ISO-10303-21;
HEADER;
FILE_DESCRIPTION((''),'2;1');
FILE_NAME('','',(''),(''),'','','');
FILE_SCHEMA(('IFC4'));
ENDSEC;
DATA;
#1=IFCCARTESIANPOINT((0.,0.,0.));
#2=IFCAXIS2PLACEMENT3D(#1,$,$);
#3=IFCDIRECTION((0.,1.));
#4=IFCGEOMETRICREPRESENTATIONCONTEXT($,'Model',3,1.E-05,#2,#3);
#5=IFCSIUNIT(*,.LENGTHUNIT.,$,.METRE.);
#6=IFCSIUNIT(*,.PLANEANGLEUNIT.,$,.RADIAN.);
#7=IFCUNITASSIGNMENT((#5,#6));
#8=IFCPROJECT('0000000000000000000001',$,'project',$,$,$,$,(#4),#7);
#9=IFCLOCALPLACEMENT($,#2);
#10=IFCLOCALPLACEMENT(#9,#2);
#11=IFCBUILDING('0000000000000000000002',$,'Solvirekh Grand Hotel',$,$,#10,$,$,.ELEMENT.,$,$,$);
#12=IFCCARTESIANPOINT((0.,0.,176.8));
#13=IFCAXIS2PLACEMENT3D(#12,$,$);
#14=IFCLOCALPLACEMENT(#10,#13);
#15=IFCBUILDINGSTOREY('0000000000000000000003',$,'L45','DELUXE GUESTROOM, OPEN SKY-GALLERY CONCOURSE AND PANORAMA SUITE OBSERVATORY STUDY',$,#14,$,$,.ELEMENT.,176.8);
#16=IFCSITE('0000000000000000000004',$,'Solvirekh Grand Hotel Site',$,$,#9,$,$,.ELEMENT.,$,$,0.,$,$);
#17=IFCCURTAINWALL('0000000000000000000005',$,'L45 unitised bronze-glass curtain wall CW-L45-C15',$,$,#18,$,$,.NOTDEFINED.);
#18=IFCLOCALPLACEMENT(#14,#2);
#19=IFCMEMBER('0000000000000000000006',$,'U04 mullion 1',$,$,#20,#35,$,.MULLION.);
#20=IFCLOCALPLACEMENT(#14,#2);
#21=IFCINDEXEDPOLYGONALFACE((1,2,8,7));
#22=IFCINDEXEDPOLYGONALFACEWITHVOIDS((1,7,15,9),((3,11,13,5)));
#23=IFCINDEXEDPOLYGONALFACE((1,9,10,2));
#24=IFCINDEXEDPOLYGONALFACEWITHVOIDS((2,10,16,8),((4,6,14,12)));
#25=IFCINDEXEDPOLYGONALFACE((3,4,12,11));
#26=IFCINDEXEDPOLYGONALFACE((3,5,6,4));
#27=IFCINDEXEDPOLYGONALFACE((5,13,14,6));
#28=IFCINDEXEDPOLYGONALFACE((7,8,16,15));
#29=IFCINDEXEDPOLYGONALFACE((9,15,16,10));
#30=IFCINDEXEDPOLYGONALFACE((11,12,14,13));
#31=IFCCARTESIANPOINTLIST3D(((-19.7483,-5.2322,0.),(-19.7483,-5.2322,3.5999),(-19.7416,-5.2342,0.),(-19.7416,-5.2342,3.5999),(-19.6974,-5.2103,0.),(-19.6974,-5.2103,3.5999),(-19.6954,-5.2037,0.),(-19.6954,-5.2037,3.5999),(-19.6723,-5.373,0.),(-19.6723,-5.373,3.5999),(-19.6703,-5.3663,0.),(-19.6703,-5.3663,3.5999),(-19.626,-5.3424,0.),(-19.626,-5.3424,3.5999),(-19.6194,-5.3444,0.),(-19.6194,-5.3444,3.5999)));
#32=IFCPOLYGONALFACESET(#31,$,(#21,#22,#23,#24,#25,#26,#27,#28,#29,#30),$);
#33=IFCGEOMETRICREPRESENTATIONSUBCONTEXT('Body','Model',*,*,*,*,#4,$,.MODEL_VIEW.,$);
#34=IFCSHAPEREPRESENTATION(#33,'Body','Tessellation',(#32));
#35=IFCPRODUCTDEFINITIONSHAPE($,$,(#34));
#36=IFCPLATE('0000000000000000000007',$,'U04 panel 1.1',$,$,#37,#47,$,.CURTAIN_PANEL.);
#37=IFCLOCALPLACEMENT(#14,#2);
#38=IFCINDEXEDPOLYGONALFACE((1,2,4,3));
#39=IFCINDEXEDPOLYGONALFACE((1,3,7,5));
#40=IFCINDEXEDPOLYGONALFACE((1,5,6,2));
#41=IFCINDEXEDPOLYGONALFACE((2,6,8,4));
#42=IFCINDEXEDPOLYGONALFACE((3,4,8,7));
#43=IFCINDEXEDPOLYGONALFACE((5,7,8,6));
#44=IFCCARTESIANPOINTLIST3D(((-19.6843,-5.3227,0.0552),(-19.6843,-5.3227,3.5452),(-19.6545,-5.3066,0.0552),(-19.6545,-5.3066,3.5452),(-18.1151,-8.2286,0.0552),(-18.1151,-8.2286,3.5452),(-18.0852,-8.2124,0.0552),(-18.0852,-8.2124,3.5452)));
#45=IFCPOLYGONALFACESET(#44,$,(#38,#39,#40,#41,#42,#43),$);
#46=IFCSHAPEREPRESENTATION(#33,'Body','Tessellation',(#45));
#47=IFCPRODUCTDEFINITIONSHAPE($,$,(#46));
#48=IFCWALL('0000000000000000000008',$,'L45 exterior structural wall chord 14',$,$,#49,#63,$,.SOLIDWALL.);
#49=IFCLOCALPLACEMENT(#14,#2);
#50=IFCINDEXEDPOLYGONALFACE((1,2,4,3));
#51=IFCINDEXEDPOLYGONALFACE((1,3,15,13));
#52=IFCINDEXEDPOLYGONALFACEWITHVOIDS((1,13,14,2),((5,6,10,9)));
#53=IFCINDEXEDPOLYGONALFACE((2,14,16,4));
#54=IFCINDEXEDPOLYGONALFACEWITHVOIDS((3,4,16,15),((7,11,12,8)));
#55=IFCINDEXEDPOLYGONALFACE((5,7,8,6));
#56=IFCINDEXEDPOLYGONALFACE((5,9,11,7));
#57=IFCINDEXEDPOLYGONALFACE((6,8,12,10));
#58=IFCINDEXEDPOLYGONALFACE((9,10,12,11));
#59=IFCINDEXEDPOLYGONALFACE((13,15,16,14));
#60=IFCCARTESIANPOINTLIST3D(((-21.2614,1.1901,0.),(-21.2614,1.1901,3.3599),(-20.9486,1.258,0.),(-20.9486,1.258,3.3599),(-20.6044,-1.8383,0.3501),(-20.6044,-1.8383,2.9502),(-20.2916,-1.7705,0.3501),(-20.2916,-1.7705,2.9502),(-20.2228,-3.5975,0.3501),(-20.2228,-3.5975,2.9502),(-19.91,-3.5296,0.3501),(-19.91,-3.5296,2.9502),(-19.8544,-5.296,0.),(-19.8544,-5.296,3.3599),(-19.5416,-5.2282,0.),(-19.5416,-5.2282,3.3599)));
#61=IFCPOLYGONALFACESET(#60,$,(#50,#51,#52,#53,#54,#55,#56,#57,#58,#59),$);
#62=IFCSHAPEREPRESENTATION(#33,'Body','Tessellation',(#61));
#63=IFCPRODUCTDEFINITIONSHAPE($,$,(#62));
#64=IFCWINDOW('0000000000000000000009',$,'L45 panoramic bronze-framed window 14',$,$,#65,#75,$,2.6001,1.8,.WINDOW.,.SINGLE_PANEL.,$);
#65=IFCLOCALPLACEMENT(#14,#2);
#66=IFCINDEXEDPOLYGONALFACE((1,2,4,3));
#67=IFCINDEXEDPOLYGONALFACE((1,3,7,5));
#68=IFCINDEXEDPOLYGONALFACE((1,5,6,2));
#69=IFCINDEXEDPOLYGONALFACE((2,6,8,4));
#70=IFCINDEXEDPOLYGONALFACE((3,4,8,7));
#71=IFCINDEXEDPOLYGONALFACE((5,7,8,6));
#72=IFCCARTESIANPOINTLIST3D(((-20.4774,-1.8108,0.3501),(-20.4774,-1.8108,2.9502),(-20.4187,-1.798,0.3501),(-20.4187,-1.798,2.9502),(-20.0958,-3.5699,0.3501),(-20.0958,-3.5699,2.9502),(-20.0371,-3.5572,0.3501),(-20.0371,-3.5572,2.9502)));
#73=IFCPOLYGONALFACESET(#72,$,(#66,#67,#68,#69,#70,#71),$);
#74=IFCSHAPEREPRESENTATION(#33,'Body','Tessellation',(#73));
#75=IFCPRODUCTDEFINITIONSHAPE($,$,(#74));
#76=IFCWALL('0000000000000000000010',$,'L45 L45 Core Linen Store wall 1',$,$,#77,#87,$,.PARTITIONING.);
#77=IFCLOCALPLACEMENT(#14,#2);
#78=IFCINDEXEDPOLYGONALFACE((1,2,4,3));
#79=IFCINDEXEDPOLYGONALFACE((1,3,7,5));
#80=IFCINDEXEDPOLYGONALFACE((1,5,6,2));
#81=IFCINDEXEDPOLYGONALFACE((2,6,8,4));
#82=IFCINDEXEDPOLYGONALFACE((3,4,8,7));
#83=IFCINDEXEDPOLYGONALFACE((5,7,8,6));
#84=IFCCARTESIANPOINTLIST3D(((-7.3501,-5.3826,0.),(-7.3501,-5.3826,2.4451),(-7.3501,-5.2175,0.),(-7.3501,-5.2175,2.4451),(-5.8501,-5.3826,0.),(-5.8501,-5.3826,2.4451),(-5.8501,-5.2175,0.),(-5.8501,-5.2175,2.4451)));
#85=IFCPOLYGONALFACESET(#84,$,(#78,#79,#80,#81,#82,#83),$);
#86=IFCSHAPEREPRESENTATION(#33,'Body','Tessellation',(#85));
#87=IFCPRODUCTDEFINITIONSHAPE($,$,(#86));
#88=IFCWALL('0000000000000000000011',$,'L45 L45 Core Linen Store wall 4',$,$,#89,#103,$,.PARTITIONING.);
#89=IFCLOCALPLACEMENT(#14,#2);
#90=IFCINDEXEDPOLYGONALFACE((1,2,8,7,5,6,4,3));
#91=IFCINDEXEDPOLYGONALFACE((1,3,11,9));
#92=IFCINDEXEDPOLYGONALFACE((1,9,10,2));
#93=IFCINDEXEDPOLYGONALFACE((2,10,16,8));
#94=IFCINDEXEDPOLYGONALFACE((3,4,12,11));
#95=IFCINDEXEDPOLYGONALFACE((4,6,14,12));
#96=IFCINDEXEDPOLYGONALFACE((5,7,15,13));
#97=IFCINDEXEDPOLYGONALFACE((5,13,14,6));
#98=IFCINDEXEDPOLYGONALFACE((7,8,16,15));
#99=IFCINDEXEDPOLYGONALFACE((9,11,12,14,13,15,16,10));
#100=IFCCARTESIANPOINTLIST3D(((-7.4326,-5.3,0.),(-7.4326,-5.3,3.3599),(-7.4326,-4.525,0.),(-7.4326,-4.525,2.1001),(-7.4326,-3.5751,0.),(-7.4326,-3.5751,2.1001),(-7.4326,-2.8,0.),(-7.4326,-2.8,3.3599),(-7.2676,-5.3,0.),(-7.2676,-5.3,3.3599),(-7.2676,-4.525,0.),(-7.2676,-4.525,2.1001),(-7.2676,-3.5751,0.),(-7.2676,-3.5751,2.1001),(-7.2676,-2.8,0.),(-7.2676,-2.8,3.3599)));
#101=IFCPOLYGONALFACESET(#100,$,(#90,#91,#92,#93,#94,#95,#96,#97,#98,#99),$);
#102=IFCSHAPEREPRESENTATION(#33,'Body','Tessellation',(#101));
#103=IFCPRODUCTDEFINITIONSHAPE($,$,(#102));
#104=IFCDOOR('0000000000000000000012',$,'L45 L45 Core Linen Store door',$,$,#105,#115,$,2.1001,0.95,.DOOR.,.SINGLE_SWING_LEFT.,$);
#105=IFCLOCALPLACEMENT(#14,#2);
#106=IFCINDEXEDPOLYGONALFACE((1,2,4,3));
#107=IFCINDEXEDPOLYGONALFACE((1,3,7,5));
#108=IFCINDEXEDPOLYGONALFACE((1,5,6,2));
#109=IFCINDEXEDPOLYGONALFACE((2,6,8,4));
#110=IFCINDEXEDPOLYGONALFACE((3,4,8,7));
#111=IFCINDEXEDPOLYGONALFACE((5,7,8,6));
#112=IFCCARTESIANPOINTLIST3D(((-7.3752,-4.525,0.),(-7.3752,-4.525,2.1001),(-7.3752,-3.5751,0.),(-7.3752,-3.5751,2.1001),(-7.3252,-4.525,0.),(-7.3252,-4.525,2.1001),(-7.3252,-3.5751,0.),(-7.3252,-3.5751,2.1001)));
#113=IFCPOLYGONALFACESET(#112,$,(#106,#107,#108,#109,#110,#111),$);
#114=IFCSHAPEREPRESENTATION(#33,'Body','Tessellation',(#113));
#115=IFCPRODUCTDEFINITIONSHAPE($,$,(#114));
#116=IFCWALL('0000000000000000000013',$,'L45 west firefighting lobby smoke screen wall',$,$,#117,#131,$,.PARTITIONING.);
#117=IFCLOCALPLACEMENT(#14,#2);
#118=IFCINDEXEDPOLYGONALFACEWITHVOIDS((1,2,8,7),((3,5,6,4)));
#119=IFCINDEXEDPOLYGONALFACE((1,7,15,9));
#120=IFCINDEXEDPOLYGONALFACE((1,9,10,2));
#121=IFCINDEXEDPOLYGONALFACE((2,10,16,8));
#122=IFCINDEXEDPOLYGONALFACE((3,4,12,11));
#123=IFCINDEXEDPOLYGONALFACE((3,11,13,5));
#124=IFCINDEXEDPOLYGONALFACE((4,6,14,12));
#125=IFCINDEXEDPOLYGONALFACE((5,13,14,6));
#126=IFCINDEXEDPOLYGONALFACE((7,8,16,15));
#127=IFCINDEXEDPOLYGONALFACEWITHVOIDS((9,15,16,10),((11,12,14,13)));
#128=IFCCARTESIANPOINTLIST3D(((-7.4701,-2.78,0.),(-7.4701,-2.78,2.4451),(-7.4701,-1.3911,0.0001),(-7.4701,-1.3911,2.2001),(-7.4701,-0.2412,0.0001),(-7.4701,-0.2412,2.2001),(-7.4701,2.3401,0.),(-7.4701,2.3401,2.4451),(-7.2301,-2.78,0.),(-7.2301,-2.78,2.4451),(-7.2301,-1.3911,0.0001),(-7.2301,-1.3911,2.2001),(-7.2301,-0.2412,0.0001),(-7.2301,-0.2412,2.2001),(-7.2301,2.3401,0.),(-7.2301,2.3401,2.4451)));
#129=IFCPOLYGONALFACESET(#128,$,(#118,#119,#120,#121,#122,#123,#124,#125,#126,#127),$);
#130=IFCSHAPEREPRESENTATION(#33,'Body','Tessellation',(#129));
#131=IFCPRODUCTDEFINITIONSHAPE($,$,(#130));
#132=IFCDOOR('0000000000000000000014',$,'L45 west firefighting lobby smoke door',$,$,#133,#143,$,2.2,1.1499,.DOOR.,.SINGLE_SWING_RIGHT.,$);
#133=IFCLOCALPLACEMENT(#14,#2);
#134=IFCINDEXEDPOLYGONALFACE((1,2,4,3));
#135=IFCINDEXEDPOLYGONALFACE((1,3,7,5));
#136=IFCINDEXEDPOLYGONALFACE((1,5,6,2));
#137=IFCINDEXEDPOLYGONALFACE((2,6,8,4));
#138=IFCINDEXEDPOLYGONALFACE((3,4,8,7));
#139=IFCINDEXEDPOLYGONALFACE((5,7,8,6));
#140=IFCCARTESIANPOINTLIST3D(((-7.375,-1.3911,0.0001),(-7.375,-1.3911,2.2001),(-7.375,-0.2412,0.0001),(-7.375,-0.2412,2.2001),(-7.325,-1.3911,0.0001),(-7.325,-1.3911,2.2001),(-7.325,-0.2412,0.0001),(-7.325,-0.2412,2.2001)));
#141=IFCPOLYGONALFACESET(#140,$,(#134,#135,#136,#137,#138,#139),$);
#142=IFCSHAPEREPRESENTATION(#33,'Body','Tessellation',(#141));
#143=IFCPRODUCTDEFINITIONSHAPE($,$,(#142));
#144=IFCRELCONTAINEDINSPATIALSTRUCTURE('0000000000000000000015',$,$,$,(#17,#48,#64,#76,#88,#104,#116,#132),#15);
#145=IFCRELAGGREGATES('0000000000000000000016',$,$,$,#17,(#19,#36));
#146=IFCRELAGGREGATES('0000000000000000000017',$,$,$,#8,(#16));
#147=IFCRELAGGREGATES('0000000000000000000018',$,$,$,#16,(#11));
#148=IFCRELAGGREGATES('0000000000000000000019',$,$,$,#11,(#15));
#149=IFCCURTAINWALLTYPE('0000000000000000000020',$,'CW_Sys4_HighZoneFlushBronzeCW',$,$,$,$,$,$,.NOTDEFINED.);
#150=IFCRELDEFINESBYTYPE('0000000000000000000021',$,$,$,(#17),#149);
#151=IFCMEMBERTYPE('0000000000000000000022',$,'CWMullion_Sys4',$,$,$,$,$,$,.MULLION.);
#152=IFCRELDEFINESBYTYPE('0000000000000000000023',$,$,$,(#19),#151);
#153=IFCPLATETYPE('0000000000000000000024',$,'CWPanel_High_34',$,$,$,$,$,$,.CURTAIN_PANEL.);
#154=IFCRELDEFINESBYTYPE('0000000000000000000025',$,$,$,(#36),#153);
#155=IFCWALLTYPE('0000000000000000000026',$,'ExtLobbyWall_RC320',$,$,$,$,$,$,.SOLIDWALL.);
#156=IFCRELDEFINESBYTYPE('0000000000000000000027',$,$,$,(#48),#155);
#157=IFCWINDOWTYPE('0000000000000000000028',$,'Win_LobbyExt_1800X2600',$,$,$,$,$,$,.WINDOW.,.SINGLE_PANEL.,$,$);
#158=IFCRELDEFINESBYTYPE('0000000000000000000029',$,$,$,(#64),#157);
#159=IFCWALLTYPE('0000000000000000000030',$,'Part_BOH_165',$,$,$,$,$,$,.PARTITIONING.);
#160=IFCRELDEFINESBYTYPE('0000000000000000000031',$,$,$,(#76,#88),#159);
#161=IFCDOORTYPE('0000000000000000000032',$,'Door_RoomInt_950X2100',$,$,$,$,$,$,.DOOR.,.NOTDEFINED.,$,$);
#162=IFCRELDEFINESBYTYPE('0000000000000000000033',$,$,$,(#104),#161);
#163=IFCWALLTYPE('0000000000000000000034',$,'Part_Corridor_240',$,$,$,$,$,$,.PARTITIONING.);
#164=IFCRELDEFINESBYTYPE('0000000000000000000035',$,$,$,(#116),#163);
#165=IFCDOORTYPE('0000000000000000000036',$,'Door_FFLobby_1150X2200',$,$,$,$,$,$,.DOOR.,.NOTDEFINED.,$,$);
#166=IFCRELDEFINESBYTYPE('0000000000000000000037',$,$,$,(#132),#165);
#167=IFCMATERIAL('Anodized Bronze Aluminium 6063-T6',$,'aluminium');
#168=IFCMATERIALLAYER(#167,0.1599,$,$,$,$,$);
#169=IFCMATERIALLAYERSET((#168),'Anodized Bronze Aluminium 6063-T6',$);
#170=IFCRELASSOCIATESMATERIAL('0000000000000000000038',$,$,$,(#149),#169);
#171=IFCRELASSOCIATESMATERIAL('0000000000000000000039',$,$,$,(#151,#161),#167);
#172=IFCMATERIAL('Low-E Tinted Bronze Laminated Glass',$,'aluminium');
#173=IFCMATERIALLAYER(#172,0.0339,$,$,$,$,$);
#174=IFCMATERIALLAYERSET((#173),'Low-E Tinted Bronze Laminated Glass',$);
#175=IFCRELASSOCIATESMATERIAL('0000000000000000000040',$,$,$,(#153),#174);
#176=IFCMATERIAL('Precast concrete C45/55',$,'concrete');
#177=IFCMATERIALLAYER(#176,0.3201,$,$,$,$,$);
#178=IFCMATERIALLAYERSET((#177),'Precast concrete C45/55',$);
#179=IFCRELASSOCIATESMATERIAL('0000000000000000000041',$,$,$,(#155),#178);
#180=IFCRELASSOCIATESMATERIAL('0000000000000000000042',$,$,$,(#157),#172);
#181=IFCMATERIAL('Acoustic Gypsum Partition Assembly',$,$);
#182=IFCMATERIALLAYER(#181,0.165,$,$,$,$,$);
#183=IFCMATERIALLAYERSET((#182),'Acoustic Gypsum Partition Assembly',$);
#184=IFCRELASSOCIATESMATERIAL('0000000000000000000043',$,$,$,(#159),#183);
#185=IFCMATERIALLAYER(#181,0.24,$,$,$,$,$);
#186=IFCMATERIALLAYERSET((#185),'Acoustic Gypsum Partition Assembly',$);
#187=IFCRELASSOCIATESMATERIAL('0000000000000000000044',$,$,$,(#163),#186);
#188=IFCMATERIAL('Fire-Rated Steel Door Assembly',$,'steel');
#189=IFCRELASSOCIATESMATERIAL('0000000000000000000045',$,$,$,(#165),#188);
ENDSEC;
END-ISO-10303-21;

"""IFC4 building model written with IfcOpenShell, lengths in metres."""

from ifc_helpers import new_model, si_unit, direction, frame, frame_2d, origin, origin_2d, place, context, subcontext, project, spatial, rectangle, hollow_rectangle, extrude, source, transform, mapped, material, layer, layer_set, material_profile, profile_set, type_object, element, fill, aggregate, save


model = new_model("IFC4")

# Units and contexts
model_context = context("Model", 3, precision=1e-05, world=origin(), true_north=direction((0.0, 1.0)))
body_context = subcontext(model_context, "Body", "Model", "MODEL_VIEW")
ifc_project = project(units=[si_unit("LENGTHUNIT", "METRE"), si_unit("PLANEANGLEUNIT", "RADIAN")], contexts=[model_context])

# Site, building, storey
site_placement = place(None, origin())
site = spatial("IfcSite", under=ifc_project, at=site_placement, Name="Solvirekh Grand Hotel Site", CompositionType="ELEMENT", RefElevation=0.0)
building_placement = place(site_placement, origin())
building = spatial("IfcBuilding", under=site, at=building_placement, Name="Solvirekh Grand Hotel", CompositionType="ELEMENT")
storey_placement = place(building_placement, frame((0.0, 0.0, 176.8)))
storey = spatial("IfcBuildingStorey", under=building, at=storey_placement, Name="L45", Description="DELUXE GUESTROOM, OPEN SKY-GALLERY CONCOURSE AND PANORAMA SUITE OBSERVATORY STUDY", CompositionType="ELEMENT", Elevation=176.8)

# Curtain wall, member, plate
ifc_material_1 = material(Name="Anodized Bronze Aluminium 6063-T6", Category="aluminium")
ifc_layer_1 = layer(ifc_material_1, 0.1599)
ifc_layer_set_1 = layer_set([ifc_layer_1], Name="Anodized Bronze Aluminium 6063-T6")
curtain_wall_type = type_object("IfcCurtainWallType", Name="CW_Sys4_HighZoneFlushBronzeCW", PredefinedType="NOTDEFINED", material=ifc_layer_set_1)
curtain_wall_placement = place(storey_placement, origin())
curtain_wall = element("IfcCurtainWall", 1, at=curtain_wall_placement, inside=storey, type_object=curtain_wall_type, Name="L45 unitised bronze-glass curtain wall CW-L45-C15", PredefinedType="NOTDEFINED")
ifc_material_profile_1 = material_profile(ifc_material_1, hollow_rectangle(XDim=0.0601, YDim=0.1599, WallThickness=0.0049, at=origin_2d()), Name="ALU RHS 160X60X5")
ifc_profile_set_1 = profile_set([ifc_material_profile_1], Name="Anodized Bronze Aluminium 6063-T6")
member_type_1 = type_object("IfcMemberType", Name="CWMullion_Sys4", PredefinedType="MULLION", material=ifc_profile_set_1)
shared_shape_1 = source(origin(), body_context, "Body", "SweptSolid", [
    extrude(hollow_rectangle(XDim=0.0601, YDim=0.1599, WallThickness=0.0049, at=origin_2d()), origin(), (0.0, 0.0, 1.0), 3.5999),
])
member_1_placement = place(storey_placement, frame((-19.6838, -5.2883, 0.0), z_axis=(0.0, 0.0, 1.0), x_axis=(0.879893, 0.475172, 0.0)))
member_1 = element("IfcMember", 2, at=member_1_placement, type_object=member_type_1, Name="U04 mullion 1", PredefinedType="MULLION", context=body_context, shape_type="MappedRepresentation", body=[
    mapped(shared_shape_1, transform((0.0, 0.0, 0.0), x_axis=(1.0, 0.0, 0.0), y_axis=(0.0, 1.0, 0.0), z_axis=(0.0, 0.0, 1.0), scale=1.0)),
])
ifc_material_2 = material(Name="Low-E Tinted Bronze Laminated Glass", Category="aluminium")
ifc_layer_2 = layer(ifc_material_2, 0.0339)
ifc_layer_set_2 = layer_set([ifc_layer_2], Name="Low-E Tinted Bronze Laminated Glass")
plate_type = type_object("IfcPlateType", Name="CWPanel_High_34", PredefinedType="CURTAIN_PANEL", material=ifc_layer_set_2)
shared_shape_2 = source(origin(), body_context, "Body", "SweptSolid", [
    extrude(rectangle(XDim=3.3025, YDim=0.0339, at=origin_2d()), origin(), (0.0, 0.0, 1.0), 3.49),
])
plate_placement = place(storey_placement, frame((-18.8848, -6.7676, 0.0552), z_axis=(0.0, 0.0, 1.0), x_axis=(0.475172, -0.879893, 0.0)))
plate = element("IfcPlate", 3, at=plate_placement, type_object=plate_type, Name="U04 panel 1.1", PredefinedType="CURTAIN_PANEL", context=body_context, shape_type="MappedRepresentation", body=[
    mapped(shared_shape_2, transform((0.0, 0.0, 0.0), x_axis=(1.0, 0.0, 0.0), y_axis=(0.0, 1.0, 0.0), z_axis=(0.0, 0.0, 1.0), scale=1.0)),
])
aggregate(curtain_wall, [member_1, plate])

# Wall, opening, window
ifc_material_3 = material(Name="Precast concrete C45/55", Category="concrete")
ifc_layer_3 = layer(ifc_material_3, 0.3201)
ifc_layer_set_3 = layer_set([ifc_layer_3], Name="Precast concrete C45/55")
wall_type_1 = type_object("IfcWallType", Name="ExtLobbyWall_RC320", PredefinedType="SOLIDWALL", material=ifc_layer_set_3)
wall_1_placement = place(storey_placement, frame((-19.698, -5.262, 0.0), z_axis=(0.0, 0.0, 1.0), x_axis=(-0.211993, 0.977271, 0.0)))
wall_1 = element("IfcWall", 4, at=wall_1_placement, inside=storey, type_object=wall_type_1, Name="L45 exterior structural wall chord 14", PredefinedType="SOLIDWALL", context=body_context, shape_type="SweptSolid", body=[
    extrude(rectangle(XDim=6.637, YDim=0.3201, at=frame_2d((3.3184, 0.0))), origin(), (0.0, 0.0, 1.0), 3.3599),
])
opening_1_placement = place(wall_1_placement, frame((1.738, 0.0, 0.3501)))
opening_1 = element("IfcOpeningElement", 5, at=opening_1_placement, cuts=wall_1, PredefinedType="OPENING", context=body_context, shape_type="SweptSolid", body=[
    extrude(rectangle(XDim=1.8, YDim=2.6001, at=frame_2d((0.8999, 1.3))), frame((0.0, 0.1699, 0.0), z_axis=(0.0, -1.0, 0.0), x_axis=(1.0, 0.0, 0.0)), (0.0, 0.0, 1.0), 0.3401),
])
window_type = type_object("IfcWindowType", Name="Win_LobbyExt_1800X2600", PartitioningType="SINGLE_PANEL", PredefinedType="WINDOW", material=ifc_material_2)
window_placement = place(opening_1_placement, origin())
window = element("IfcWindow", 6, at=window_placement, inside=storey, type_object=window_type, Name="L45 panoramic bronze-framed window 14", OverallHeight=2.6001, OverallWidth=1.8, PartitioningType="SINGLE_PANEL", PredefinedType="WINDOW", context=body_context, shape_type="SweptSolid", body=[
    extrude(rectangle(XDim=1.8, YDim=2.6001, at=frame_2d((0.8999, 1.3))), frame((0.0, 0.03, 0.0), z_axis=(0.0, -1.0, 0.0), x_axis=(1.0, 0.0, 0.0)), (0.0, 0.0, 1.0), 0.0601),
])
fill(opening_1, window)

# Wall
ifc_material_4 = material(Name="Acoustic Gypsum Partition Assembly")
ifc_layer_4 = layer(ifc_material_4, 0.165)
ifc_layer_set_4 = layer_set([ifc_layer_4], Name="Acoustic Gypsum Partition Assembly")
wall_type_2 = type_object("IfcWallType", Name="Part_BOH_165", PredefinedType="PARTITIONING", material=ifc_layer_set_4)
wall_2_placement = place(storey_placement, frame((-7.3501, -5.3, 0.0), z_axis=(0.0, 0.0, 1.0), x_axis=(1.0, 0.0, 0.0)))
element("IfcWall", 7, at=wall_2_placement, inside=storey, type_object=wall_type_2, Name="L45 L45 Core Linen Store wall 1", PredefinedType="PARTITIONING", context=body_context, shape_type="SweptSolid", body=[
    extrude(rectangle(XDim=1.5, YDim=0.165, at=frame_2d((0.75, 0.0))), origin(), (0.0, 0.0, 1.0), 2.4451),
])

# Walls, openings, doors
wall_3_placement = place(storey_placement, frame((-7.3501, -2.8, 0.0), z_axis=(0.0, 0.0, 1.0), x_axis=(0.0, -1.0, 0.0)))
wall_3 = element("IfcWall", 8, at=wall_3_placement, inside=storey, type_object=wall_type_2, Name="L45 L45 Core Linen Store wall 4", PredefinedType="PARTITIONING", context=body_context, shape_type="SweptSolid", body=[
    extrude(rectangle(XDim=2.5, YDim=0.165, at=frame_2d((1.25, 0.0))), origin(), (0.0, 0.0, 1.0), 3.3599),
])
opening_2_placement = place(wall_3_placement, frame((0.7749, 0.0, 0.0)))
opening_2 = element("IfcOpeningElement", 9, at=opening_2_placement, cuts=wall_3, PredefinedType="OPENING", context=body_context, shape_type="SweptSolid", body=[
    extrude(rectangle(XDim=0.95, YDim=2.1001, at=frame_2d((0.4751, 1.05))), frame((0.0, 0.0925, 0.0), z_axis=(0.0, -1.0, 0.0), x_axis=(1.0, 0.0, 0.0)), (0.0, 0.0, 1.0), 0.1851),
])
door_type_1 = type_object("IfcDoorType", Name="Door_RoomInt_950X2100", OperationType="NOTDEFINED", PredefinedType="DOOR", material=ifc_material_1)
door_1_placement = place(opening_2_placement, origin())
door_1 = element("IfcDoor", 10, at=door_1_placement, inside=storey, type_object=door_type_1, Name="L45 L45 Core Linen Store door", OperationType="SINGLE_SWING_LEFT", OverallHeight=2.1001, OverallWidth=0.95, PredefinedType="DOOR", context=body_context, shape_type="SweptSolid", body=[
    extrude(rectangle(XDim=0.95, YDim=2.1001, at=frame_2d((0.4751, 1.05))), frame((0.0, 0.0249, 0.0), z_axis=(0.0, -1.0, 0.0), x_axis=(1.0, 0.0, 0.0)), (0.0, 0.0, 1.0), 0.05),
])
fill(opening_2, door_1)
ifc_layer_5 = layer(ifc_material_4, 0.24)
ifc_layer_set_5 = layer_set([ifc_layer_5], Name="Acoustic Gypsum Partition Assembly")
wall_type_3 = type_object("IfcWallType", Name="Part_Corridor_240", PredefinedType="PARTITIONING", material=ifc_layer_set_5)
wall_4_placement = place(storey_placement, frame((-7.3501, -2.78, 0.0), z_axis=(0.0, 0.0, 1.0), x_axis=(0.0, 1.0, 0.0)))
wall_4 = element("IfcWall", 11, at=wall_4_placement, inside=storey, type_object=wall_type_3, Name="L45 west firefighting lobby smoke screen wall", PredefinedType="PARTITIONING", context=body_context, shape_type="SweptSolid", body=[
    extrude(rectangle(XDim=5.1201, YDim=0.24, at=frame_2d((2.5601, 0.0))), origin(), (0.0, 0.0, 1.0), 2.4451),
])
opening_3_placement = place(wall_4_placement, frame((1.3889, 0.0, 0.0)))
opening_3 = element("IfcOpeningElement", 12, at=opening_3_placement, cuts=wall_4, PredefinedType="OPENING", context=body_context, shape_type="SweptSolid", body=[
    extrude(rectangle(XDim=1.1499, YDim=2.2, at=frame_2d((0.575, 1.1001))), frame((0.0, 0.1299, 0.0), z_axis=(0.0, -1.0, 0.0), x_axis=(1.0, 0.0, 0.0)), (0.0, 0.0, 1.0), 0.26),
])
ifc_material_5 = material(Name="Fire-Rated Steel Door Assembly", Category="steel")
door_type_2 = type_object("IfcDoorType", Name="Door_FFLobby_1150X2200", OperationType="NOTDEFINED", PredefinedType="DOOR", material=ifc_material_5)
door_2_placement = place(opening_3_placement, origin())
door_2 = element("IfcDoor", 13, at=door_2_placement, inside=storey, type_object=door_type_2, Name="L45 west firefighting lobby smoke door", OperationType="SINGLE_SWING_RIGHT", OverallHeight=2.2, OverallWidth=1.1499, PredefinedType="DOOR", context=body_context, shape_type="SweptSolid", body=[
    extrude(rectangle(XDim=1.1499, YDim=2.2, at=frame_2d((0.575, 1.1001))), frame((0.0, 0.0249, 0.0), z_axis=(0.0, -1.0, 0.0), x_axis=(1.0, 0.0, 0.0)), (0.0, 0.0, 1.0), 0.05),
])
fill(opening_3, door_2)

save(model, "model.ifc")
